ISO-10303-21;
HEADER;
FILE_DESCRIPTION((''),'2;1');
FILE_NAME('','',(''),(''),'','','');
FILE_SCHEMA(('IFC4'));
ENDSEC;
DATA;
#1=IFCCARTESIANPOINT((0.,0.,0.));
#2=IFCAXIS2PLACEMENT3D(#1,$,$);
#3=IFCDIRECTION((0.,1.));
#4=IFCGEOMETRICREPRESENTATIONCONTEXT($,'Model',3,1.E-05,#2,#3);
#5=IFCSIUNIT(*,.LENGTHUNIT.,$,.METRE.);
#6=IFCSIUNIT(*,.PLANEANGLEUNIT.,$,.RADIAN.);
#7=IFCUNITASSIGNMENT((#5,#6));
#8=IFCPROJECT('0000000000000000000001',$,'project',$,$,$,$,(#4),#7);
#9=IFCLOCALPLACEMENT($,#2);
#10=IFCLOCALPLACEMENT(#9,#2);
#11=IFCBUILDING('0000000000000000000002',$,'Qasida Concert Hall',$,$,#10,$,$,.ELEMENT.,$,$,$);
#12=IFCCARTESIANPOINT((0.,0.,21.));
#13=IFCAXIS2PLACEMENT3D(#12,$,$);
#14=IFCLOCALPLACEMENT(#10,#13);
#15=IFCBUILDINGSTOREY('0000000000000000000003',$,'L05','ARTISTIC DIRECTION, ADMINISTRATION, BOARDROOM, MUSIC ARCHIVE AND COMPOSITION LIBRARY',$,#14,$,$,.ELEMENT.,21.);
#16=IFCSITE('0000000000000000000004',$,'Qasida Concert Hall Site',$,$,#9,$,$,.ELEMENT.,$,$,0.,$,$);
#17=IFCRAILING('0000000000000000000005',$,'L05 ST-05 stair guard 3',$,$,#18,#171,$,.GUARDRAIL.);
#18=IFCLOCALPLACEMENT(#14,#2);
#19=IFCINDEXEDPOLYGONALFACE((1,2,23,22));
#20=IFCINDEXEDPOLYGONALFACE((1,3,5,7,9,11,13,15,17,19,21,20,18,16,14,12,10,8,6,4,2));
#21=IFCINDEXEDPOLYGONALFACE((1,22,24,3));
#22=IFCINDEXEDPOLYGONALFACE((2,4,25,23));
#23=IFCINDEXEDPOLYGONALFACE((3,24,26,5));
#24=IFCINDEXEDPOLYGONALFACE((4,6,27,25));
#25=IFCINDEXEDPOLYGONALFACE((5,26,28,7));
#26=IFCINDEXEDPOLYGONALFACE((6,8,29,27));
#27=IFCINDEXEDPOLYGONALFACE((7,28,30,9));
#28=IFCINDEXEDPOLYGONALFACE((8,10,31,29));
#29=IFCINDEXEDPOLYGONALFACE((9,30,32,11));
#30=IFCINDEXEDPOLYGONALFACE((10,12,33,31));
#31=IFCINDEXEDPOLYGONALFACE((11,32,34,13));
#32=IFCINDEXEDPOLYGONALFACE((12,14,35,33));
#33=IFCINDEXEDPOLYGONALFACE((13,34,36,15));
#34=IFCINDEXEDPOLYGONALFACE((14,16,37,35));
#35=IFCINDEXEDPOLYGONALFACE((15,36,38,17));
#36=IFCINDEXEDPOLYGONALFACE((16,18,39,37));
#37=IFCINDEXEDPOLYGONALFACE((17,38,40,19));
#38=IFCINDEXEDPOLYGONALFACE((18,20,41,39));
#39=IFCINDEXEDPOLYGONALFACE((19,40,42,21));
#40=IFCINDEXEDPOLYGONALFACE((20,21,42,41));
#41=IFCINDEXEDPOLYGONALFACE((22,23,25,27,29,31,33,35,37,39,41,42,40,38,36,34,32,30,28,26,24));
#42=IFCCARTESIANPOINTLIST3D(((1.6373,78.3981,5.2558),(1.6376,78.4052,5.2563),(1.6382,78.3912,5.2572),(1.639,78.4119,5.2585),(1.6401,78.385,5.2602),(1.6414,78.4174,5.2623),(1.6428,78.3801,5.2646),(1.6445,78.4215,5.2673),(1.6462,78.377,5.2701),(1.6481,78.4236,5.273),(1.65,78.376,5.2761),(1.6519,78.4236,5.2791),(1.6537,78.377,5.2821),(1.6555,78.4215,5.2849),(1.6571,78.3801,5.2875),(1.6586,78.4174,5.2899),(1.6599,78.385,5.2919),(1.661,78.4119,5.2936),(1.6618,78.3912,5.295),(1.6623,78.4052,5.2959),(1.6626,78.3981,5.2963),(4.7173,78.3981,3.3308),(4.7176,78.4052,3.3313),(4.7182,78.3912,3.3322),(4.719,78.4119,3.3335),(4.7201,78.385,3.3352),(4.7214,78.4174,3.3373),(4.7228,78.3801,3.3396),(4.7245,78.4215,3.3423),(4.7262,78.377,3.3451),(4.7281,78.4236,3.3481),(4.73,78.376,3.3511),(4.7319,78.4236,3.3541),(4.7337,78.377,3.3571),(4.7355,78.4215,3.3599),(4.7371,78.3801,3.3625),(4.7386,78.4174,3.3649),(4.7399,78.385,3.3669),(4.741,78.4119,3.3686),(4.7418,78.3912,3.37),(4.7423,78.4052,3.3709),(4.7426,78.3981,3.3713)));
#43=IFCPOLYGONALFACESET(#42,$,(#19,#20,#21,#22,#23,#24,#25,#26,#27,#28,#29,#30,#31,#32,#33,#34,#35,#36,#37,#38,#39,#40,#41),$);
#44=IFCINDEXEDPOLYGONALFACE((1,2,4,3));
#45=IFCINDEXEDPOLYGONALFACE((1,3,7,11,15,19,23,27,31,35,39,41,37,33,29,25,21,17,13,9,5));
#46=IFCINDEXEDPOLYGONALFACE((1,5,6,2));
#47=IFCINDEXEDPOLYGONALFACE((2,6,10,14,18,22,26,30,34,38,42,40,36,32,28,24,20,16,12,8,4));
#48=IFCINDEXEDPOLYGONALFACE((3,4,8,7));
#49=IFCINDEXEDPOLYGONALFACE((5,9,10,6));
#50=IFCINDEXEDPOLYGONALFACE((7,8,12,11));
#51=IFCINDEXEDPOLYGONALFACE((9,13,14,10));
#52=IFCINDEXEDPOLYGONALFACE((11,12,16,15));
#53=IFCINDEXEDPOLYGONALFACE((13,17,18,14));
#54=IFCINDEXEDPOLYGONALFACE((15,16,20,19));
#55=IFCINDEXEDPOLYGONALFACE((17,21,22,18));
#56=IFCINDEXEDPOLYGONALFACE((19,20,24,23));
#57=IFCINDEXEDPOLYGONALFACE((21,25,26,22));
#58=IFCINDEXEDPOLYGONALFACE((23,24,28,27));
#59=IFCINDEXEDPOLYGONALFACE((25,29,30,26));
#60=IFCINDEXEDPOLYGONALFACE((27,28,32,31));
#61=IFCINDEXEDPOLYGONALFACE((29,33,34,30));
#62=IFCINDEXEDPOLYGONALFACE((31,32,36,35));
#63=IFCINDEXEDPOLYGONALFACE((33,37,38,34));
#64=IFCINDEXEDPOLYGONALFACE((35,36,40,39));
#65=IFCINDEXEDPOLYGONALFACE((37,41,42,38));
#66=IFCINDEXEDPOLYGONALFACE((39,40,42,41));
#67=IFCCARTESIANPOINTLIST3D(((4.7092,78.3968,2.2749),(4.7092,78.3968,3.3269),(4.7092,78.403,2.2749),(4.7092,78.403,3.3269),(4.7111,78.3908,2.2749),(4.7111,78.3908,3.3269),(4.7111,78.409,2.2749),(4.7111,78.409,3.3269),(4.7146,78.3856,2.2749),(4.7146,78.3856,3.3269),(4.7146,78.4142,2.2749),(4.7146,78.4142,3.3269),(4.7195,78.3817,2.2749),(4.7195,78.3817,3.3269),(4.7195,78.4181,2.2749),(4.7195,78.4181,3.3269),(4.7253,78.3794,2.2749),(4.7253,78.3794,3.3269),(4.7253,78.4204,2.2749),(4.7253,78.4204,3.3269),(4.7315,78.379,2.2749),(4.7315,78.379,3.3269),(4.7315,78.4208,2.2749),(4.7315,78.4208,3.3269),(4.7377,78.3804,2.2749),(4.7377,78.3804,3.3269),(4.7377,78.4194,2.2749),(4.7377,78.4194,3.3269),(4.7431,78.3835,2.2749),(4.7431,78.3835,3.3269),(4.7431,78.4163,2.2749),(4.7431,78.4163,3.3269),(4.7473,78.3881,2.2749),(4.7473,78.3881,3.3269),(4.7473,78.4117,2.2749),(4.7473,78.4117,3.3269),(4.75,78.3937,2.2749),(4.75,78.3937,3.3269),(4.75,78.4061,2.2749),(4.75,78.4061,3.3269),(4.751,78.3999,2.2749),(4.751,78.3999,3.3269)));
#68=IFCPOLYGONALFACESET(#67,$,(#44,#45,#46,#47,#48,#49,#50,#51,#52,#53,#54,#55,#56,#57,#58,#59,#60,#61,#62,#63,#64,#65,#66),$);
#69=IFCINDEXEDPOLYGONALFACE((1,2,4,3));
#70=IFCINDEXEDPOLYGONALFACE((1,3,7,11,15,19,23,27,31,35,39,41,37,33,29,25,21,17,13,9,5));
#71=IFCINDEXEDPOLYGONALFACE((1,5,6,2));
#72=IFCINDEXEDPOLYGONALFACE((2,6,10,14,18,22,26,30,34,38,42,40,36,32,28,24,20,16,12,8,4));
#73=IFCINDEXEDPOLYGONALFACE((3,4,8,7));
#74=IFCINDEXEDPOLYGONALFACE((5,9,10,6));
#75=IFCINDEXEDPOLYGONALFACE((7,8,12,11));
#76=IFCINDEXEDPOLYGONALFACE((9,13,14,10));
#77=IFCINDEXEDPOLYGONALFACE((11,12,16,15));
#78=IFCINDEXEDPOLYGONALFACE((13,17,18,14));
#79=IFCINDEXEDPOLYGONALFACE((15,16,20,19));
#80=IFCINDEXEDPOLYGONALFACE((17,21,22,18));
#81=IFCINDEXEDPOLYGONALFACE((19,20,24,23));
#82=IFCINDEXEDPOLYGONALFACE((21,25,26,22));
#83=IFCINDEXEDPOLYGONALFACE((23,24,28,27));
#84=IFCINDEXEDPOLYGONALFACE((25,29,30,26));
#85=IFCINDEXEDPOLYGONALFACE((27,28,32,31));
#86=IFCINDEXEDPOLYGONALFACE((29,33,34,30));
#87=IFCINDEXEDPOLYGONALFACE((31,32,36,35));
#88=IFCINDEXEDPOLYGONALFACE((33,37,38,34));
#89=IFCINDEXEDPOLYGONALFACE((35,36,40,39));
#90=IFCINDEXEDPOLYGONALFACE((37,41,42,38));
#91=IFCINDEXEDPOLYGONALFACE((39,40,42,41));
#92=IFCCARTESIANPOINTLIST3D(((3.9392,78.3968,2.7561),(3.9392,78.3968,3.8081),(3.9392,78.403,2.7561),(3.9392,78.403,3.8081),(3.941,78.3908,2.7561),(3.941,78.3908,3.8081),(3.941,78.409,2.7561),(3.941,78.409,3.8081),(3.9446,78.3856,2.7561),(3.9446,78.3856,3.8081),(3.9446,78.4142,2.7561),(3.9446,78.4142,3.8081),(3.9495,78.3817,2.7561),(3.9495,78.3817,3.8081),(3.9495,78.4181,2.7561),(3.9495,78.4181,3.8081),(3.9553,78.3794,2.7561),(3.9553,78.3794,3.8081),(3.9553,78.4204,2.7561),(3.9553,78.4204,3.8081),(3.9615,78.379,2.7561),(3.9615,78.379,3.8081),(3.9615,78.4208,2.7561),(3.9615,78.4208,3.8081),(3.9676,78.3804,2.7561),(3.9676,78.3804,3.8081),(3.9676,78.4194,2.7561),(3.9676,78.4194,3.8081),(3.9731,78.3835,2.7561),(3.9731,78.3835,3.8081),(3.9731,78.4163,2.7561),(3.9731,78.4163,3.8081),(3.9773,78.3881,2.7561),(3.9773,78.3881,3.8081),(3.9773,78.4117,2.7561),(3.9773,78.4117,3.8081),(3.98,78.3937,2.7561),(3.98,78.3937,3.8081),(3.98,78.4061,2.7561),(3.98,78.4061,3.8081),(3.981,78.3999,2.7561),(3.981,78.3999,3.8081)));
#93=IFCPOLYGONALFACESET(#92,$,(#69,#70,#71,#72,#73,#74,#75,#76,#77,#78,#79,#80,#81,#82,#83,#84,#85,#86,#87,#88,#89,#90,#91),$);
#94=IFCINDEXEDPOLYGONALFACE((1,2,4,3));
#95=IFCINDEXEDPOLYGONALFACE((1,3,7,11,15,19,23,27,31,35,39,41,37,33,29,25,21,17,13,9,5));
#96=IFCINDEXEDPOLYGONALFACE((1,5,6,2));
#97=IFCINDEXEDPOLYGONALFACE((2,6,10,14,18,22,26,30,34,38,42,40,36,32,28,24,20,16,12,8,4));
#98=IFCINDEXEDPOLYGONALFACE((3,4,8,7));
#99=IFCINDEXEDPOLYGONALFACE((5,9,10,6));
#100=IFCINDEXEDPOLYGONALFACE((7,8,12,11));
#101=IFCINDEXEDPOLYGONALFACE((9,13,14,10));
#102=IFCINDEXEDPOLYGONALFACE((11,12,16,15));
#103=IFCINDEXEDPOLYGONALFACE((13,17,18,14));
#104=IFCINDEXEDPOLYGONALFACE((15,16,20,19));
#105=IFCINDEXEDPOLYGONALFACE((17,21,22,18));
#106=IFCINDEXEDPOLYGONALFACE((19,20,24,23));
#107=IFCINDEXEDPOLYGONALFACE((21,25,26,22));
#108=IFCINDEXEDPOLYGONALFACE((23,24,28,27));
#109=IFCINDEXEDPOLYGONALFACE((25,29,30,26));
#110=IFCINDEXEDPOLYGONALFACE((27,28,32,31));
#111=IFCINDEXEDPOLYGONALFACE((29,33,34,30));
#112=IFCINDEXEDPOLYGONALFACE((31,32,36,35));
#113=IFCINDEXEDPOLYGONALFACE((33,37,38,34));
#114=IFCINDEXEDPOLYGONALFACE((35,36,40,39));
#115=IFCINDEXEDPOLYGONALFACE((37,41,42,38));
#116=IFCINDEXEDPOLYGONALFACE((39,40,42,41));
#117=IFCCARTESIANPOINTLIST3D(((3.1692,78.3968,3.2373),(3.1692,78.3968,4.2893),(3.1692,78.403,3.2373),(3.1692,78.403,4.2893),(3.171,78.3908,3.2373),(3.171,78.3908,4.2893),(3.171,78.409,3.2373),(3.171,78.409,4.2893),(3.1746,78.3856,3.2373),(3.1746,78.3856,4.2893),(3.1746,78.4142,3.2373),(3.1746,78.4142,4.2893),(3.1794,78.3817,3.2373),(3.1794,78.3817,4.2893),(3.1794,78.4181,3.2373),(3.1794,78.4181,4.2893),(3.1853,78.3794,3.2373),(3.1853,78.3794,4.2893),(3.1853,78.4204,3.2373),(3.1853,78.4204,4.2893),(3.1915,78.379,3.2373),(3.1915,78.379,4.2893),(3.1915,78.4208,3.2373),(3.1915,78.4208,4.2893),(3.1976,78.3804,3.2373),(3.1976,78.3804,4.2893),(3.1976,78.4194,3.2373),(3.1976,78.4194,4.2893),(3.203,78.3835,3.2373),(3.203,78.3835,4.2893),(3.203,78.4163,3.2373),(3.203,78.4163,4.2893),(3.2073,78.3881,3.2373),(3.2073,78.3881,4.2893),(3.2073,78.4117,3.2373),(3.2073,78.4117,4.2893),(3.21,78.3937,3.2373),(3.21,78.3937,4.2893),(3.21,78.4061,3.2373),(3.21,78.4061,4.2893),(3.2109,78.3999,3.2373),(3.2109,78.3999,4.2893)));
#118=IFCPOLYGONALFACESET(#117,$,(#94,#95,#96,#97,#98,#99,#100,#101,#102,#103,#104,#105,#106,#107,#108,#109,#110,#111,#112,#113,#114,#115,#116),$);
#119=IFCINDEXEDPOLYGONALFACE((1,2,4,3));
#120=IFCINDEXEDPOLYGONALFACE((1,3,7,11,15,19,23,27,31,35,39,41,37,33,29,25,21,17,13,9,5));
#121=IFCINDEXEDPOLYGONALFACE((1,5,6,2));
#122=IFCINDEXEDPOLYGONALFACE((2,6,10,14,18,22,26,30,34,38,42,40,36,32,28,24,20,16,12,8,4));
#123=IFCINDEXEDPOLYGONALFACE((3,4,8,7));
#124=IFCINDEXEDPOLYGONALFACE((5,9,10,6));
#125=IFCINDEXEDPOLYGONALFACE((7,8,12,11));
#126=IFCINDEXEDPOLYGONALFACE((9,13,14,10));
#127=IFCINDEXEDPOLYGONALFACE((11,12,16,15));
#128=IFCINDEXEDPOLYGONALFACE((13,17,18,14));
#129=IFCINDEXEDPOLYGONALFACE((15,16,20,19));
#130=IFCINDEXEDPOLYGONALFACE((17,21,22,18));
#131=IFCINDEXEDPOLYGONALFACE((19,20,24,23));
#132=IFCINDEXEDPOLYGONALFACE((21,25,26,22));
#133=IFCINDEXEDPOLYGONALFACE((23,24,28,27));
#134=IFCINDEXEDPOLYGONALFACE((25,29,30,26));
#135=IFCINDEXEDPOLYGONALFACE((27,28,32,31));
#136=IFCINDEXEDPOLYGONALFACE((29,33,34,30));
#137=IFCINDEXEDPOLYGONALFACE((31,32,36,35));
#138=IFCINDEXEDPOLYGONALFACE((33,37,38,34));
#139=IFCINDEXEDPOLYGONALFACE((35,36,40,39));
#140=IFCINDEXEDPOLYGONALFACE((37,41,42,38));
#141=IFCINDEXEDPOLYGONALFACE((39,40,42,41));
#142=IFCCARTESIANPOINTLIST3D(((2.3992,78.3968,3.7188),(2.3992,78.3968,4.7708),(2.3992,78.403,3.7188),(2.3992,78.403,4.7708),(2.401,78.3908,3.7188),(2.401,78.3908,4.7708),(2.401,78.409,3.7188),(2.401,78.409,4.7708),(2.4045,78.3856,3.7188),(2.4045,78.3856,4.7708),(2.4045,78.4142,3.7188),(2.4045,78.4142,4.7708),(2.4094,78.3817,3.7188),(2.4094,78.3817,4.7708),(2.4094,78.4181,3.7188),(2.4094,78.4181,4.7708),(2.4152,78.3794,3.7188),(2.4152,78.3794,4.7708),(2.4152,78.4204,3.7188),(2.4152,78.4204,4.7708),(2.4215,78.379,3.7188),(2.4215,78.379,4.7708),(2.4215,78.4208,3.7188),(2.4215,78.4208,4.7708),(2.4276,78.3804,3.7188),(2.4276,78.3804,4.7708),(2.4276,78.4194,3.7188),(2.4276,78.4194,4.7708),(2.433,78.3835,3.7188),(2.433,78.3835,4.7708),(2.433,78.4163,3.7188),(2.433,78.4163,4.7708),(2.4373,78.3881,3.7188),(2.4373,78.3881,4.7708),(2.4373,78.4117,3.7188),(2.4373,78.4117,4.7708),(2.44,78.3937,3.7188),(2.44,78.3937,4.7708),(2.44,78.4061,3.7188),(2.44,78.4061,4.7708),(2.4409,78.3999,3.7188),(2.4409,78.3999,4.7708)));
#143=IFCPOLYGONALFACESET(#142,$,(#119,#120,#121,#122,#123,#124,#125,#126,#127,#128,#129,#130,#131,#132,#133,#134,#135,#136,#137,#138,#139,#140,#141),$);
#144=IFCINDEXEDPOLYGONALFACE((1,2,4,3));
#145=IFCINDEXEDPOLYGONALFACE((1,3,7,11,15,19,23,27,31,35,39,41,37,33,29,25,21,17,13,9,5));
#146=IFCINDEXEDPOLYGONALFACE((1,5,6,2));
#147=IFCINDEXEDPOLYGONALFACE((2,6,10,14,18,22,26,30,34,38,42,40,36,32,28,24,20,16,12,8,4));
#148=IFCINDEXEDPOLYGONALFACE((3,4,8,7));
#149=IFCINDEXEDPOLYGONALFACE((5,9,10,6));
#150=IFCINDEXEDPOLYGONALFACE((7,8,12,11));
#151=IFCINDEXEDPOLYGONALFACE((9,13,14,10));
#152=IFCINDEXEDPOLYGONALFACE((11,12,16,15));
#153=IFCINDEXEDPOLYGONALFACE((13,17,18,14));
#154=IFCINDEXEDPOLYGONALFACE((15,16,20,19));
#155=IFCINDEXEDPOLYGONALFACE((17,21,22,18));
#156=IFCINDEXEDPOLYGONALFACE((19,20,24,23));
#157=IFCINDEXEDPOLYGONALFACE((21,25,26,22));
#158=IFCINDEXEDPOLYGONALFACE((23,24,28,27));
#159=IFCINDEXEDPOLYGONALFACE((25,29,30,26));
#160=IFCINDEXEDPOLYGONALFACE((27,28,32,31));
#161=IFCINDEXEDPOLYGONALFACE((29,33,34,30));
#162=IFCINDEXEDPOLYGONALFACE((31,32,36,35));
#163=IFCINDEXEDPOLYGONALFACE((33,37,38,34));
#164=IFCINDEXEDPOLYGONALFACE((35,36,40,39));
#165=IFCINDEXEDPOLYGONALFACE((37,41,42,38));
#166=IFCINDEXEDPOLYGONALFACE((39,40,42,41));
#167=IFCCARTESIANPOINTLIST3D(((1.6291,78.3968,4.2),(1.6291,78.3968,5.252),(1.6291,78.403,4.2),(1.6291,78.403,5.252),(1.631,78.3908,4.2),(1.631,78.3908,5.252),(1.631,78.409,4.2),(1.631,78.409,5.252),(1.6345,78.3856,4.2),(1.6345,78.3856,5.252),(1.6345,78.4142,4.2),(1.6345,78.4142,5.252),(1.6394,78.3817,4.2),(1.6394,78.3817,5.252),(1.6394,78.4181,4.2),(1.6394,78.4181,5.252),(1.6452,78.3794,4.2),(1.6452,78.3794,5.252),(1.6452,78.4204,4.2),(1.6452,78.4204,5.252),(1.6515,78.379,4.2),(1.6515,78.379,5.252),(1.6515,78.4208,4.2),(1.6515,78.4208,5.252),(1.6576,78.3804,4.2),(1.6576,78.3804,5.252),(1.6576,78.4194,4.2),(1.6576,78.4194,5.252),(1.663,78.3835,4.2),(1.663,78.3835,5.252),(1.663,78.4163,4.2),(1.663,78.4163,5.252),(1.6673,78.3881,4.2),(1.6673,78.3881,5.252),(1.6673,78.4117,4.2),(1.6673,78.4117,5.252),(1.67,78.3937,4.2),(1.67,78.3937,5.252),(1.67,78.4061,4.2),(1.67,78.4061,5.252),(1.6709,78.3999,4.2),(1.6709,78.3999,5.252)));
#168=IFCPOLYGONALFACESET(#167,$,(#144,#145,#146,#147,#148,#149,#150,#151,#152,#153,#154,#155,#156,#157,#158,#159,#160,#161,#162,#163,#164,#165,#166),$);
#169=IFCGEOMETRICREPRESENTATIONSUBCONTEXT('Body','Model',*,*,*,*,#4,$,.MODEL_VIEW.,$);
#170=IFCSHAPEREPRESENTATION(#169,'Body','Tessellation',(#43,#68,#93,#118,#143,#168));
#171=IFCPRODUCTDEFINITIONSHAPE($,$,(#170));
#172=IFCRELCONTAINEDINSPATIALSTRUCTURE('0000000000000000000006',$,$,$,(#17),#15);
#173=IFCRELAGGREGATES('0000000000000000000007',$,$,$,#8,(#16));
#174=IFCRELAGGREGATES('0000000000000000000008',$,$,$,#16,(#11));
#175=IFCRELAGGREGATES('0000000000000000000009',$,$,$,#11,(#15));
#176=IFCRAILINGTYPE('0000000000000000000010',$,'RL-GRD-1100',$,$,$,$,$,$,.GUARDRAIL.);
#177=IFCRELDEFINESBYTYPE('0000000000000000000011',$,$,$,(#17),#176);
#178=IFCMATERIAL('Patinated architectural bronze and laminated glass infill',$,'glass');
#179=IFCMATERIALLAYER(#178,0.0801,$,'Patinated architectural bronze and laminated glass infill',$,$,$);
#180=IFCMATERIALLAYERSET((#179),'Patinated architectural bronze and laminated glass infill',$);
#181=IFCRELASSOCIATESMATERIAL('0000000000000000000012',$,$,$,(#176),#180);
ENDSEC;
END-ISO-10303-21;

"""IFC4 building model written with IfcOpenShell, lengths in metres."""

from ifc_helpers import new_model, si_unit, direction, frame, origin, origin_2d, place, context, subcontext, project, spatial, circle, extrude, material, layer, layer_set, type_object, element, save


model = new_model("IFC4")

# Units and contexts
model_context = context("Model", 3, precision=1e-05, world=origin(), true_north=direction((0.0, 1.0)))
body_context = subcontext(model_context, "Body", "Model", "MODEL_VIEW")
ifc_project = project(units=[si_unit("LENGTHUNIT", "METRE"), si_unit("PLANEANGLEUNIT", "RADIAN")], contexts=[model_context])

# Site, building, storey
site_placement = place(None, origin())
site = spatial("IfcSite", under=ifc_project, at=site_placement, Name="Qasida Concert Hall Site", CompositionType="ELEMENT", RefElevation=0.0)
building_placement = place(site_placement, origin())
building = spatial("IfcBuilding", under=site, at=building_placement, Name="Qasida Concert Hall", CompositionType="ELEMENT")
storey_placement = place(building_placement, frame((0.0, 0.0, 21.0)))
storey = spatial("IfcBuildingStorey", under=building, at=storey_placement, Name="L05", Description="ARTISTIC DIRECTION, ADMINISTRATION, BOARDROOM, MUSIC ARCHIVE AND COMPOSITION LIBRARY", CompositionType="ELEMENT", Elevation=21.0)

# Railing
ifc_material_1 = material(Name="Patinated architectural bronze and laminated glass infill", Category="glass")
ifc_layer_1 = layer(ifc_material_1, 0.0801, Name="Patinated architectural bronze and laminated glass infill")
ifc_layer_set_1 = layer_set([ifc_layer_1], Name="Patinated architectural bronze and laminated glass infill")
railing_type_1 = type_object("IfcRailingType", Name="RL-GRD-1100", PredefinedType="GUARDRAIL", material=ifc_layer_set_1)
railing_1_placement = place(storey_placement, frame((4.73, 78.3999, 2.2749)))
element("IfcRailing", 1, at=railing_1_placement, inside=storey, type_object=railing_type_1, Name="L05 ST-05 stair guard 3", PredefinedType="GUARDRAIL", context=body_context, shape_type="SweptSolid", body=[
    extrude(circle(Radius=0.0239, at=origin_2d()), frame((0.0, 0.0, 1.0762), z_axis=(-0.847998, 0.0, 0.529999), x_axis=(0.0, -1.0, 0.0)), (0.0, 0.0, 1.0), 3.6321),
    extrude(circle(Radius=0.021, at=origin_2d()), origin(), (0.0, 0.0, 1.0), 1.052),
    extrude(circle(Radius=0.021, at=origin_2d()), frame((-0.77, 0.0, 0.4812)), (0.0, 0.0, 1.0), 1.052),
    extrude(circle(Radius=0.021, at=origin_2d()), frame((-1.54, 0.0, 0.9624)), (0.0, 0.0, 1.0), 1.052),
    extrude(circle(Radius=0.021, at=origin_2d()), frame((-2.3101, 0.0, 1.4438)), (0.0, 0.0, 1.0), 1.052),
    extrude(circle(Radius=0.021, at=origin_2d()), frame((-3.0801, 0.0, 1.925)), (0.0, 0.0, 1.0), 1.052),
])

save(model, "model.ifc")
